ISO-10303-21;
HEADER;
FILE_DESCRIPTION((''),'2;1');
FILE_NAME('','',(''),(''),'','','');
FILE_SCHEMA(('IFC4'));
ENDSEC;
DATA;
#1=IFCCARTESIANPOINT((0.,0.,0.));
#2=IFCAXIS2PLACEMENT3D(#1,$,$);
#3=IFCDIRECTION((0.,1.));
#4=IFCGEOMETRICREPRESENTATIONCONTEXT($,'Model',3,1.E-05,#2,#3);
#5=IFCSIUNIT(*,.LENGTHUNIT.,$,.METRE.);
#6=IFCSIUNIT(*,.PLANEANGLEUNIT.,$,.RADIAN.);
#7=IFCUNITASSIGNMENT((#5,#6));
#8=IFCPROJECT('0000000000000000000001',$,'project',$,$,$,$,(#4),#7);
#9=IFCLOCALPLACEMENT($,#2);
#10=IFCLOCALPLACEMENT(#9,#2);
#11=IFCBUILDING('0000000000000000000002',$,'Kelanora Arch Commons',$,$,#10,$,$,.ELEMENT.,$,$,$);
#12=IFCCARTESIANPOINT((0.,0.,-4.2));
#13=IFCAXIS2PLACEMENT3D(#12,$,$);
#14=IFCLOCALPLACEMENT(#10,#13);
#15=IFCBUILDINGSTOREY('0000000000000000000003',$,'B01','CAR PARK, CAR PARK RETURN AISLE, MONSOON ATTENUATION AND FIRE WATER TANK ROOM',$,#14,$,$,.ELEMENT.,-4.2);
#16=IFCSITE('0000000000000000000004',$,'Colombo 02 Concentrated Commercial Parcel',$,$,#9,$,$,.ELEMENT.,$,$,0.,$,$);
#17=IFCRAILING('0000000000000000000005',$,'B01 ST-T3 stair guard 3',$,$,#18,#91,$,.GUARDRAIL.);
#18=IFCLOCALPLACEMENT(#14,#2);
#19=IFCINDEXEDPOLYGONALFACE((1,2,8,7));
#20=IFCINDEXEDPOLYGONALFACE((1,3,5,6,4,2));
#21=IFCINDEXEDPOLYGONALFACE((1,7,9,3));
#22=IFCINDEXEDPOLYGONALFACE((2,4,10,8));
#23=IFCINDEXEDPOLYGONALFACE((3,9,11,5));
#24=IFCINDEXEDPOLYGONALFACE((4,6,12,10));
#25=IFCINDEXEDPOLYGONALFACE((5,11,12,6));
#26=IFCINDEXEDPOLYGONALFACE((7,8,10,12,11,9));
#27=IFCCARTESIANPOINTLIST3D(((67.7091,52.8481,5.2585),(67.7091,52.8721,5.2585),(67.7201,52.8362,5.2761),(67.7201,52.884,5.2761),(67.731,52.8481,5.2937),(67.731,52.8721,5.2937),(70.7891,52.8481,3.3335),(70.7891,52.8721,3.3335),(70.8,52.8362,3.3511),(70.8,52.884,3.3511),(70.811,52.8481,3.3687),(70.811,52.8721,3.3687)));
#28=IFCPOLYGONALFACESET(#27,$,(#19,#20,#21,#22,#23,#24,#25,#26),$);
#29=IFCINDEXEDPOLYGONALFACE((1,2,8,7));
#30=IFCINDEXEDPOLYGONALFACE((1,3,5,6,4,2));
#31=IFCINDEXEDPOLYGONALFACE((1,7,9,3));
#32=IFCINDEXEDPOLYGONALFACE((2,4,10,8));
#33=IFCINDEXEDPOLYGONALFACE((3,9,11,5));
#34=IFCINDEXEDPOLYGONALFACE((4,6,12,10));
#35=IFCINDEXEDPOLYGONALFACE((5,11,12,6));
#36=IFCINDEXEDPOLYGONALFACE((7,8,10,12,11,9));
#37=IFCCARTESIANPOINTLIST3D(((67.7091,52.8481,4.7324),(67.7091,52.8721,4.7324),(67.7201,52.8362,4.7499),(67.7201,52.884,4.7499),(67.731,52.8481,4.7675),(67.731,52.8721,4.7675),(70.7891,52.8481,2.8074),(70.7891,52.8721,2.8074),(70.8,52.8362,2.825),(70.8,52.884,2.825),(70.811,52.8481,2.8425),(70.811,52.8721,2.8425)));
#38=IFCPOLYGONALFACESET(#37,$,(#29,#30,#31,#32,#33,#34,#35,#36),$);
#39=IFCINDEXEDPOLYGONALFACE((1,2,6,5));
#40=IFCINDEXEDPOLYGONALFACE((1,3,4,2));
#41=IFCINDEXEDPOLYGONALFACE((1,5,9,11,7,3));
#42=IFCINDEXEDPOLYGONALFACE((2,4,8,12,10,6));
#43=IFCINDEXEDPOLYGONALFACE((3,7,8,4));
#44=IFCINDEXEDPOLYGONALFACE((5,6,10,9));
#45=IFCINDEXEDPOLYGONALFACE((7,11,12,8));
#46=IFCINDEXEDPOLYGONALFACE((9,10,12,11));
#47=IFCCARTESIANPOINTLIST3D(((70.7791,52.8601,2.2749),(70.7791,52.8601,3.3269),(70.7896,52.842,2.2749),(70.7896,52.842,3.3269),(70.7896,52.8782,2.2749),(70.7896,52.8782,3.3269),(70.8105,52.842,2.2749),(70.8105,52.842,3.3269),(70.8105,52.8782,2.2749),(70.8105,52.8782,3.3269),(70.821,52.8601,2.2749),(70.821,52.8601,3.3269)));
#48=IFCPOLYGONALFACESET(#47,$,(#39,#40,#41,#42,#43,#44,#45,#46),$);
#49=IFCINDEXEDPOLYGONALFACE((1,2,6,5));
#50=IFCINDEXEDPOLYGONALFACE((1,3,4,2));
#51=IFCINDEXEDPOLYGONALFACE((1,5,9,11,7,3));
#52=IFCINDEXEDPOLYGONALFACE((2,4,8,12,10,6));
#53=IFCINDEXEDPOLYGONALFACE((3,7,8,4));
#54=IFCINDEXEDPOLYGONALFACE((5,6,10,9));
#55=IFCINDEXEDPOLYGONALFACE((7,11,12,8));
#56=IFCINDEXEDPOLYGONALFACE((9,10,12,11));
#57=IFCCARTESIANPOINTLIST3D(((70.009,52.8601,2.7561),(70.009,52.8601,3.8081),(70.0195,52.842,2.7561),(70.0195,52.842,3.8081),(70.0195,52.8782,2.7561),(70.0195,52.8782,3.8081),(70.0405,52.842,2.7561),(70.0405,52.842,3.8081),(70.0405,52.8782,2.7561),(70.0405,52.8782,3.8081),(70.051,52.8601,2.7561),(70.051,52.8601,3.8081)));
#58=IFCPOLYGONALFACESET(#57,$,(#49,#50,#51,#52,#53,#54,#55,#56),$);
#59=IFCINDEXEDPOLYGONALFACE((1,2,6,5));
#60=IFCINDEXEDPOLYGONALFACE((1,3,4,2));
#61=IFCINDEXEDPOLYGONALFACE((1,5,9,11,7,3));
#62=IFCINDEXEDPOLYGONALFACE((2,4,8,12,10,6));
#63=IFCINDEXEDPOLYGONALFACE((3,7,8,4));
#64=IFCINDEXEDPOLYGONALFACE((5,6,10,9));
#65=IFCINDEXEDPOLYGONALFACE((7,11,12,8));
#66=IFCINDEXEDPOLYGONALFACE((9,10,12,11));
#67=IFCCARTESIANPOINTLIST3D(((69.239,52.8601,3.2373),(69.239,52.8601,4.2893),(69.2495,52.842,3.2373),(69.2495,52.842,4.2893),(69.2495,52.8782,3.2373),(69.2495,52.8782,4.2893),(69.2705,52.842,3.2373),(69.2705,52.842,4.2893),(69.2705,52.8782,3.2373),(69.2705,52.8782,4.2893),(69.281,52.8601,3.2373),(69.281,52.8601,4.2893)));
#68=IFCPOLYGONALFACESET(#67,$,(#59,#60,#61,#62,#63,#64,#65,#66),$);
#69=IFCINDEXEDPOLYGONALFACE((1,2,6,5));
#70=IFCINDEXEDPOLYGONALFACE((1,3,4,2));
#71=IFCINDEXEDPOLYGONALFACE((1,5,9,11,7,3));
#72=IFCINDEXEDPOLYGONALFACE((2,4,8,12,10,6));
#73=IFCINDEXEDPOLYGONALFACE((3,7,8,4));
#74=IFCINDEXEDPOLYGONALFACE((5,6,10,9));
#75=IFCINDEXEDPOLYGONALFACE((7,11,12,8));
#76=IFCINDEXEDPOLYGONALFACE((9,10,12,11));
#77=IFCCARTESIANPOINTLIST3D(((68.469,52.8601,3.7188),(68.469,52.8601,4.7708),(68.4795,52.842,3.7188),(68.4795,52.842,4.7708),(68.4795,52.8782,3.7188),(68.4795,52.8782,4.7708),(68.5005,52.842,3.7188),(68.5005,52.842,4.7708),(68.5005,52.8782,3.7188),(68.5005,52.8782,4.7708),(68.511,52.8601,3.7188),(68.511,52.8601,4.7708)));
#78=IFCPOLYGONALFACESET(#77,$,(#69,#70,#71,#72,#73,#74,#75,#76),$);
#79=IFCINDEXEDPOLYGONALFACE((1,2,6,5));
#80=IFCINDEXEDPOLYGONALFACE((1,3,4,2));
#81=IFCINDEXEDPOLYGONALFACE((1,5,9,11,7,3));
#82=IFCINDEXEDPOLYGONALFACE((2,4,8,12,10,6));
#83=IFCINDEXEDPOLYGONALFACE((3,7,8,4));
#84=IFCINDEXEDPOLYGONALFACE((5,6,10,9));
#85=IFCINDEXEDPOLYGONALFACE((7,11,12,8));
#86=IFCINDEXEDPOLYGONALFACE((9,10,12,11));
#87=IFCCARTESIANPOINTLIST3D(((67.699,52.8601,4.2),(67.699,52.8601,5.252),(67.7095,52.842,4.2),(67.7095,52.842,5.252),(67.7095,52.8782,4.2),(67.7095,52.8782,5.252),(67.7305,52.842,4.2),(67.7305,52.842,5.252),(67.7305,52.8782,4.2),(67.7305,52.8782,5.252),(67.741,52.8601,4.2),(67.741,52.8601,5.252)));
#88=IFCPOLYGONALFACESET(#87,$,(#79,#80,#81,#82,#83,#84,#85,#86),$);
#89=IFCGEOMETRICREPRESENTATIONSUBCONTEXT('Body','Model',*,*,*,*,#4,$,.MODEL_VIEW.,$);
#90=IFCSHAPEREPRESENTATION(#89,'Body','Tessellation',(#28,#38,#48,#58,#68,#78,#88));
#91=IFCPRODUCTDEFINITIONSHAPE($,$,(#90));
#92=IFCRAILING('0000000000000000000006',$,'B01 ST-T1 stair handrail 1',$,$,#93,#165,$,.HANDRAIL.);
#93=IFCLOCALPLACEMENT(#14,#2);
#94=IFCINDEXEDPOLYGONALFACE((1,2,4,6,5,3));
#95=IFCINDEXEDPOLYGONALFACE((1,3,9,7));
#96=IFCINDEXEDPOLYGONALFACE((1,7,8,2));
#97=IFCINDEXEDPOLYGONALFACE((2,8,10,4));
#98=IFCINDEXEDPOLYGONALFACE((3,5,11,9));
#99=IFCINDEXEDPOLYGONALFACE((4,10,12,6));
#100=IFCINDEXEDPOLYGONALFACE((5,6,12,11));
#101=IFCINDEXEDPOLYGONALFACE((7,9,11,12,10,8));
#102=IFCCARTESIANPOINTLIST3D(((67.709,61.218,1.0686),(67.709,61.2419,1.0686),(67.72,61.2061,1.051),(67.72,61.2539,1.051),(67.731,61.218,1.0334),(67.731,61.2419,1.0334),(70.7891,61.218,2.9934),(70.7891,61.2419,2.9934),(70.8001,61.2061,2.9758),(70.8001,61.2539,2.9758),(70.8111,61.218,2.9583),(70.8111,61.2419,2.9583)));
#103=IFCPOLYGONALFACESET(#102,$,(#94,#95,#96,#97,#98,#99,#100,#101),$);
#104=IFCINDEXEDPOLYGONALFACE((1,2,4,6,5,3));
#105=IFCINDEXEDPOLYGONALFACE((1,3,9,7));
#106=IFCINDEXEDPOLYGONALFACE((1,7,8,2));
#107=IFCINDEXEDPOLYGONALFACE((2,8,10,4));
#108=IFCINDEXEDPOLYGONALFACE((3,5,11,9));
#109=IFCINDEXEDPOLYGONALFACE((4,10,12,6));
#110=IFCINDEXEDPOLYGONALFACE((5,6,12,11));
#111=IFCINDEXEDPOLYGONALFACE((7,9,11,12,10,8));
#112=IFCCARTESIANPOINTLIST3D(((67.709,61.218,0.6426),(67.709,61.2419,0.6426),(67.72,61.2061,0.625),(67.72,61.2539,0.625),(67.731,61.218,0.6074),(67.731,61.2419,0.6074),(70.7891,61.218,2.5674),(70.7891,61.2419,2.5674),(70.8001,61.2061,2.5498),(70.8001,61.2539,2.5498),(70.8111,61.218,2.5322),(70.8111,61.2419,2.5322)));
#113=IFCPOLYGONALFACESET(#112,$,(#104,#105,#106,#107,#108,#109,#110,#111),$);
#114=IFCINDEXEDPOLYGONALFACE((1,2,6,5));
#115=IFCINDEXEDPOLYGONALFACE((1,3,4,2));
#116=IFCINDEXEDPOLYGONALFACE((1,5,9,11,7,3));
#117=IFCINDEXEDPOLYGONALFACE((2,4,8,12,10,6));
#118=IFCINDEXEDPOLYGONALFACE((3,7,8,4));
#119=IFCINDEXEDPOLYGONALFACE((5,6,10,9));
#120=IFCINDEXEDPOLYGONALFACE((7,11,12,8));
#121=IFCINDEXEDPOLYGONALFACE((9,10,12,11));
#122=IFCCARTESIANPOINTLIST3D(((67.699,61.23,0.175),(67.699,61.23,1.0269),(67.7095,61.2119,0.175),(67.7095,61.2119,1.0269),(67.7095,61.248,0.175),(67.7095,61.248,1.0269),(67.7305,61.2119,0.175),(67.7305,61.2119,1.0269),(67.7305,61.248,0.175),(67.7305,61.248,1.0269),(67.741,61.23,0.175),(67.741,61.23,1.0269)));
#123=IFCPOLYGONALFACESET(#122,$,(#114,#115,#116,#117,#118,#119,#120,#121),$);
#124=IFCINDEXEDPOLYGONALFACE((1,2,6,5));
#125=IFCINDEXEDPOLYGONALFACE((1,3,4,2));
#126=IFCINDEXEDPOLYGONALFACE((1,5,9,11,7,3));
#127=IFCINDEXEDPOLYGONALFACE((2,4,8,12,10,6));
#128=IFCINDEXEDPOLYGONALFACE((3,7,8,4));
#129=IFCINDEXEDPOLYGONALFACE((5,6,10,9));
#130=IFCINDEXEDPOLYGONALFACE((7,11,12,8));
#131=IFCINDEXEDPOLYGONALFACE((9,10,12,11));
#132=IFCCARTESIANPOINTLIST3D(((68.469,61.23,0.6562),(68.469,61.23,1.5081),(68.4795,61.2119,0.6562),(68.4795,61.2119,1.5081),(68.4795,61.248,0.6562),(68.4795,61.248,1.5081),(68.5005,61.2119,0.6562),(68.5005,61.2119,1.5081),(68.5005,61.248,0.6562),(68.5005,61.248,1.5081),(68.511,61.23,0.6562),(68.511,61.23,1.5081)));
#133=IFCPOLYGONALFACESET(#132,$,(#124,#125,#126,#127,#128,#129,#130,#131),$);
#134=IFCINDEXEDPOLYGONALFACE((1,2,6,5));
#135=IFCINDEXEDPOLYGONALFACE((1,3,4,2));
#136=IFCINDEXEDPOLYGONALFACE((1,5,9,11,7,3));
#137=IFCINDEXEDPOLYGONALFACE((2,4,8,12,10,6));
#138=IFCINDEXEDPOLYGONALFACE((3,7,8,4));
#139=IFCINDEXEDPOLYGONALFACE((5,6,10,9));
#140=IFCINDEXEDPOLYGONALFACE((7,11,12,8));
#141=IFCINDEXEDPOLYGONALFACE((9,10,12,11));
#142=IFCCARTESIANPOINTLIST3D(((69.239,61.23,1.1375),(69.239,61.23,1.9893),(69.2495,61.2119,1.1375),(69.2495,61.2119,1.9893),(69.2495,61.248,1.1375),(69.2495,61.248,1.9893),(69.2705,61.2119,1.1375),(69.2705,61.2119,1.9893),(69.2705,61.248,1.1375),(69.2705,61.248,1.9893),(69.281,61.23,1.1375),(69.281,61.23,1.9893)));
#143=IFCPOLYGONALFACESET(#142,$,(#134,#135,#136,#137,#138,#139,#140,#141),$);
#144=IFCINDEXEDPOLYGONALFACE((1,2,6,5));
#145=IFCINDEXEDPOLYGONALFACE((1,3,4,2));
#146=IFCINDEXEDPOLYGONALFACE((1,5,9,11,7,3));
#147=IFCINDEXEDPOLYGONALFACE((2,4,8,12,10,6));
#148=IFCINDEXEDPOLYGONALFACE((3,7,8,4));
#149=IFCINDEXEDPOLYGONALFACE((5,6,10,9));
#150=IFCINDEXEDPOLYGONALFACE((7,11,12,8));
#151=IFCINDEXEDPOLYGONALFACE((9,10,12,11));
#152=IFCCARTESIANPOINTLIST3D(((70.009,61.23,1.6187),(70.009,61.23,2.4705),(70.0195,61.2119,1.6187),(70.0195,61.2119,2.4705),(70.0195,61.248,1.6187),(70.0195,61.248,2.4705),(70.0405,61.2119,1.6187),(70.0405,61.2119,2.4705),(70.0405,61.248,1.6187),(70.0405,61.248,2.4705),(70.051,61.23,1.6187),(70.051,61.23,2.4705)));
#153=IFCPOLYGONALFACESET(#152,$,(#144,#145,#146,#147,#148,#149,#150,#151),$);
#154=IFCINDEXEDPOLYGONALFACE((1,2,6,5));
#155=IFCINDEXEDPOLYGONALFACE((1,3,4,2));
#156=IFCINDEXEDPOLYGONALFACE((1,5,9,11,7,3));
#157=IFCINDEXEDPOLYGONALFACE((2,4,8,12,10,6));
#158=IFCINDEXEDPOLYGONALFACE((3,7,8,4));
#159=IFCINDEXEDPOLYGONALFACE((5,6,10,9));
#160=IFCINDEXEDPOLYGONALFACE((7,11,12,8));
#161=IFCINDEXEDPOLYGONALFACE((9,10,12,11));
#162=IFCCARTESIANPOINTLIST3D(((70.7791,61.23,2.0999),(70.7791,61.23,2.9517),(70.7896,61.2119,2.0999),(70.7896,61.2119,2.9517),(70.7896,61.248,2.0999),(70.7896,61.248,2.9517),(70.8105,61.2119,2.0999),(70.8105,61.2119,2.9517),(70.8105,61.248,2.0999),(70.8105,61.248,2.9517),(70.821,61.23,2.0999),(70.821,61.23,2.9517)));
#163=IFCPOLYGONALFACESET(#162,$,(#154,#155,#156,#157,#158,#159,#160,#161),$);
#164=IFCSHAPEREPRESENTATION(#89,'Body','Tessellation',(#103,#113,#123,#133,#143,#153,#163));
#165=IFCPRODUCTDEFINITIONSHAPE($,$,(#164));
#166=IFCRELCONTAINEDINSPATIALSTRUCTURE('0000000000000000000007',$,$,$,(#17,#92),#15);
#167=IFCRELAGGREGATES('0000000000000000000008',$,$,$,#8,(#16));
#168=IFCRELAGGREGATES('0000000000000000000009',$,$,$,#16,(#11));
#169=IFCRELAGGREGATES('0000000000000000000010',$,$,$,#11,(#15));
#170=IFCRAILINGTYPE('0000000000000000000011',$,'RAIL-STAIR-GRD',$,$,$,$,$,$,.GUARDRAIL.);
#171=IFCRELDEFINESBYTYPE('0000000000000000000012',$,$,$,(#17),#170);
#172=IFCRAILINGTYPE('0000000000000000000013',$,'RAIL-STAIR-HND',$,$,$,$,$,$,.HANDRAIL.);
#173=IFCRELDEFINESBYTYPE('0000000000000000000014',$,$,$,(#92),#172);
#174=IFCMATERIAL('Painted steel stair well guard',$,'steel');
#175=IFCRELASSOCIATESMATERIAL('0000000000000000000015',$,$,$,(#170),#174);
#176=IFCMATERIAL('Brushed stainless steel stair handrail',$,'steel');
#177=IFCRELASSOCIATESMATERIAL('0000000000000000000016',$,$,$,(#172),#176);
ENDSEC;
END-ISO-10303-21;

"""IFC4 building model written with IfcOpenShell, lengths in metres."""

from ifc_helpers import new_model, si_unit, direction, frame, origin, place, context, subcontext, project, spatial, polyline, outline, extrude, material, type_object, element, save


model = new_model("IFC4")

# Units and contexts
model_context = context("Model", 3, precision=1e-05, world=origin(), true_north=direction((0.0, 1.0)))
body_context = subcontext(model_context, "Body", "Model", "MODEL_VIEW")
ifc_project = project(units=[si_unit("LENGTHUNIT", "METRE"), si_unit("PLANEANGLEUNIT", "RADIAN")], contexts=[model_context])

# Site, building, storey
site_placement = place(None, origin())
site = spatial("IfcSite", under=ifc_project, at=site_placement, Name="Colombo 02 Concentrated Commercial Parcel", CompositionType="ELEMENT", RefElevation=0.0)
building_placement = place(site_placement, origin())
building = spatial("IfcBuilding", under=site, at=building_placement, Name="Kelanora Arch Commons", CompositionType="ELEMENT")
storey_placement = place(building_placement, frame((0.0, 0.0, -4.2)))
storey = spatial("IfcBuildingStorey", under=building, at=storey_placement, Name="B01", Description="CAR PARK, CAR PARK RETURN AISLE, MONSOON ATTENUATION AND FIRE WATER TANK ROOM", CompositionType="ELEMENT", Elevation=-4.2)

# Railings
ifc_material_1 = material(Name="Painted steel stair well guard", Category="steel")
railing_type_1 = type_object("IfcRailingType", Name="RAIL-STAIR-GRD", PredefinedType="GUARDRAIL", material=ifc_material_1)
railing_1_placement = place(storey_placement, frame((70.8, 52.8601, 2.2749)))
element("IfcRailing", 1, at=railing_1_placement, inside=storey, type_object=railing_type_1, Name="B01 ST-T3 stair guard 3", PredefinedType="GUARDRAIL", context=body_context, shape_type="SweptSolid", body=[
    extrude(outline(polyline([(0.0239, 0.0), (0.012, 0.0208), (-0.012, 0.0208), (-0.0239, 0.0), (-0.012, -0.0208), (0.012, -0.0208), (0.0239, 0.0)])), frame((0.0, 0.0, 1.0762), z_axis=(-0.847998, 0.0, 0.529999), x_axis=(0.0, -1.0, 0.0)), (0.0, 0.0, 1.0), 3.6321),
    extrude(outline(polyline([(0.0239, 0.0), (0.012, 0.0208), (-0.012, 0.0208), (-0.0239, 0.0), (-0.012, -0.0208), (0.012, -0.0208), (0.0239, 0.0)])), frame((0.0, 0.0, 0.55), z_axis=(-0.847998, 0.0, 0.529999), x_axis=(0.0, -1.0, 0.0)), (0.0, 0.0, 1.0), 3.6321),
    extrude(outline(polyline([(0.021, 0.0), (0.0105, 0.0181), (-0.0105, 0.0181), (-0.021, 0.0), (-0.0105, -0.0181), (0.0105, -0.0181), (0.021, 0.0)])), origin(), (0.0, 0.0, 1.0), 1.052),
    extrude(outline(polyline([(0.021, 0.0), (0.0105, 0.0181), (-0.0105, 0.0181), (-0.021, 0.0), (-0.0105, -0.0181), (0.0105, -0.0181), (0.021, 0.0)])), frame((-0.77, 0.0, 0.4812)), (0.0, 0.0, 1.0), 1.052),
    extrude(outline(polyline([(0.021, 0.0), (0.0105, 0.0181), (-0.0105, 0.0181), (-0.021, 0.0), (-0.0105, -0.0181), (0.0105, -0.0181), (0.021, 0.0)])), frame((-1.54, 0.0, 0.9624)), (0.0, 0.0, 1.0), 1.052),
    extrude(outline(polyline([(0.021, 0.0), (0.0105, 0.0181), (-0.0105, 0.0181), (-0.021, 0.0), (-0.0105, -0.0181), (0.0105, -0.0181), (0.021, 0.0)])), frame((-2.3101, 0.0, 1.4438)), (0.0, 0.0, 1.0), 1.052),
    extrude(outline(polyline([(0.021, 0.0), (0.0105, 0.0181), (-0.0105, 0.0181), (-0.021, 0.0), (-0.0105, -0.0181), (0.0105, -0.0181), (0.021, 0.0)])), frame((-3.0801, 0.0, 1.925)), (0.0, 0.0, 1.0), 1.052),
])
ifc_material_2 = material(Name="Brushed stainless steel stair handrail", Category="steel")
railing_type_2 = type_object("IfcRailingType", Name="RAIL-STAIR-HND", PredefinedType="HANDRAIL", material=ifc_material_2)
railing_2_placement = place(storey_placement, frame((67.72, 61.23, 0.175)))
element("IfcRailing", 2, at=railing_2_placement, inside=storey, type_object=railing_type_2, Name="B01 ST-T1 stair handrail 1", PredefinedType="HANDRAIL", context=body_context, shape_type="SweptSolid", body=[
    extrude(outline(polyline([(0.0239, 0.0), (0.012, 0.0208), (-0.012, 0.0208), (-0.0239, 0.0), (-0.012, -0.0208), (0.012, -0.0208), (0.0239, 0.0)])), frame((0.0, 0.0, 0.876), z_axis=(0.848029, 0.0, 0.529951), x_axis=(0.0, 1.0, 0.0)), (0.0, 0.0, 1.0), 3.6321),
    extrude(outline(polyline([(0.0239, 0.0), (0.012, 0.0208), (-0.012, 0.0208), (-0.0239, 0.0), (-0.012, -0.0208), (0.012, -0.0208), (0.0239, 0.0)])), frame((0.0, 0.0, 0.45), z_axis=(0.848029, 0.0, 0.529951), x_axis=(0.0, 1.0, 0.0)), (0.0, 0.0, 1.0), 3.6321),
    extrude(outline(polyline([(0.021, 0.0), (0.0105, 0.0181), (-0.0105, 0.0181), (-0.021, 0.0), (-0.0105, -0.0181), (0.0105, -0.0181), (0.021, 0.0)])), origin(), (0.0, 0.0, 1.0), 0.8518),
    extrude(outline(polyline([(0.021, 0.0), (0.0105, 0.0181), (-0.0105, 0.0181), (-0.021, 0.0), (-0.0105, -0.0181), (0.0105, -0.0181), (0.021, 0.0)])), frame((0.77, 0.0, 0.4812)), (0.0, 0.0, 1.0), 0.8518),
    extrude(outline(polyline([(0.021, 0.0), (0.0105, 0.0181), (-0.0105, 0.0181), (-0.021, 0.0), (-0.0105, -0.0181), (0.0105, -0.0181), (0.021, 0.0)])), frame((1.54, 0.0, 0.9624)), (0.0, 0.0, 1.0), 0.8518),
    extrude(outline(polyline([(0.021, 0.0), (0.0105, 0.0181), (-0.0105, 0.0181), (-0.021, 0.0), (-0.0105, -0.0181), (0.0105, -0.0181), (0.021, 0.0)])), frame((2.3101, 0.0, 1.4436)), (0.0, 0.0, 1.0), 0.8518),
    extrude(outline(polyline([(0.021, 0.0), (0.0105, 0.0181), (-0.0105, 0.0181), (-0.021, 0.0), (-0.0105, -0.0181), (0.0105, -0.0181), (0.021, 0.0)])), frame((3.0801, 0.0, 1.9248)), (0.0, 0.0, 1.0), 0.8518),
])

save(model, "model.ifc")
